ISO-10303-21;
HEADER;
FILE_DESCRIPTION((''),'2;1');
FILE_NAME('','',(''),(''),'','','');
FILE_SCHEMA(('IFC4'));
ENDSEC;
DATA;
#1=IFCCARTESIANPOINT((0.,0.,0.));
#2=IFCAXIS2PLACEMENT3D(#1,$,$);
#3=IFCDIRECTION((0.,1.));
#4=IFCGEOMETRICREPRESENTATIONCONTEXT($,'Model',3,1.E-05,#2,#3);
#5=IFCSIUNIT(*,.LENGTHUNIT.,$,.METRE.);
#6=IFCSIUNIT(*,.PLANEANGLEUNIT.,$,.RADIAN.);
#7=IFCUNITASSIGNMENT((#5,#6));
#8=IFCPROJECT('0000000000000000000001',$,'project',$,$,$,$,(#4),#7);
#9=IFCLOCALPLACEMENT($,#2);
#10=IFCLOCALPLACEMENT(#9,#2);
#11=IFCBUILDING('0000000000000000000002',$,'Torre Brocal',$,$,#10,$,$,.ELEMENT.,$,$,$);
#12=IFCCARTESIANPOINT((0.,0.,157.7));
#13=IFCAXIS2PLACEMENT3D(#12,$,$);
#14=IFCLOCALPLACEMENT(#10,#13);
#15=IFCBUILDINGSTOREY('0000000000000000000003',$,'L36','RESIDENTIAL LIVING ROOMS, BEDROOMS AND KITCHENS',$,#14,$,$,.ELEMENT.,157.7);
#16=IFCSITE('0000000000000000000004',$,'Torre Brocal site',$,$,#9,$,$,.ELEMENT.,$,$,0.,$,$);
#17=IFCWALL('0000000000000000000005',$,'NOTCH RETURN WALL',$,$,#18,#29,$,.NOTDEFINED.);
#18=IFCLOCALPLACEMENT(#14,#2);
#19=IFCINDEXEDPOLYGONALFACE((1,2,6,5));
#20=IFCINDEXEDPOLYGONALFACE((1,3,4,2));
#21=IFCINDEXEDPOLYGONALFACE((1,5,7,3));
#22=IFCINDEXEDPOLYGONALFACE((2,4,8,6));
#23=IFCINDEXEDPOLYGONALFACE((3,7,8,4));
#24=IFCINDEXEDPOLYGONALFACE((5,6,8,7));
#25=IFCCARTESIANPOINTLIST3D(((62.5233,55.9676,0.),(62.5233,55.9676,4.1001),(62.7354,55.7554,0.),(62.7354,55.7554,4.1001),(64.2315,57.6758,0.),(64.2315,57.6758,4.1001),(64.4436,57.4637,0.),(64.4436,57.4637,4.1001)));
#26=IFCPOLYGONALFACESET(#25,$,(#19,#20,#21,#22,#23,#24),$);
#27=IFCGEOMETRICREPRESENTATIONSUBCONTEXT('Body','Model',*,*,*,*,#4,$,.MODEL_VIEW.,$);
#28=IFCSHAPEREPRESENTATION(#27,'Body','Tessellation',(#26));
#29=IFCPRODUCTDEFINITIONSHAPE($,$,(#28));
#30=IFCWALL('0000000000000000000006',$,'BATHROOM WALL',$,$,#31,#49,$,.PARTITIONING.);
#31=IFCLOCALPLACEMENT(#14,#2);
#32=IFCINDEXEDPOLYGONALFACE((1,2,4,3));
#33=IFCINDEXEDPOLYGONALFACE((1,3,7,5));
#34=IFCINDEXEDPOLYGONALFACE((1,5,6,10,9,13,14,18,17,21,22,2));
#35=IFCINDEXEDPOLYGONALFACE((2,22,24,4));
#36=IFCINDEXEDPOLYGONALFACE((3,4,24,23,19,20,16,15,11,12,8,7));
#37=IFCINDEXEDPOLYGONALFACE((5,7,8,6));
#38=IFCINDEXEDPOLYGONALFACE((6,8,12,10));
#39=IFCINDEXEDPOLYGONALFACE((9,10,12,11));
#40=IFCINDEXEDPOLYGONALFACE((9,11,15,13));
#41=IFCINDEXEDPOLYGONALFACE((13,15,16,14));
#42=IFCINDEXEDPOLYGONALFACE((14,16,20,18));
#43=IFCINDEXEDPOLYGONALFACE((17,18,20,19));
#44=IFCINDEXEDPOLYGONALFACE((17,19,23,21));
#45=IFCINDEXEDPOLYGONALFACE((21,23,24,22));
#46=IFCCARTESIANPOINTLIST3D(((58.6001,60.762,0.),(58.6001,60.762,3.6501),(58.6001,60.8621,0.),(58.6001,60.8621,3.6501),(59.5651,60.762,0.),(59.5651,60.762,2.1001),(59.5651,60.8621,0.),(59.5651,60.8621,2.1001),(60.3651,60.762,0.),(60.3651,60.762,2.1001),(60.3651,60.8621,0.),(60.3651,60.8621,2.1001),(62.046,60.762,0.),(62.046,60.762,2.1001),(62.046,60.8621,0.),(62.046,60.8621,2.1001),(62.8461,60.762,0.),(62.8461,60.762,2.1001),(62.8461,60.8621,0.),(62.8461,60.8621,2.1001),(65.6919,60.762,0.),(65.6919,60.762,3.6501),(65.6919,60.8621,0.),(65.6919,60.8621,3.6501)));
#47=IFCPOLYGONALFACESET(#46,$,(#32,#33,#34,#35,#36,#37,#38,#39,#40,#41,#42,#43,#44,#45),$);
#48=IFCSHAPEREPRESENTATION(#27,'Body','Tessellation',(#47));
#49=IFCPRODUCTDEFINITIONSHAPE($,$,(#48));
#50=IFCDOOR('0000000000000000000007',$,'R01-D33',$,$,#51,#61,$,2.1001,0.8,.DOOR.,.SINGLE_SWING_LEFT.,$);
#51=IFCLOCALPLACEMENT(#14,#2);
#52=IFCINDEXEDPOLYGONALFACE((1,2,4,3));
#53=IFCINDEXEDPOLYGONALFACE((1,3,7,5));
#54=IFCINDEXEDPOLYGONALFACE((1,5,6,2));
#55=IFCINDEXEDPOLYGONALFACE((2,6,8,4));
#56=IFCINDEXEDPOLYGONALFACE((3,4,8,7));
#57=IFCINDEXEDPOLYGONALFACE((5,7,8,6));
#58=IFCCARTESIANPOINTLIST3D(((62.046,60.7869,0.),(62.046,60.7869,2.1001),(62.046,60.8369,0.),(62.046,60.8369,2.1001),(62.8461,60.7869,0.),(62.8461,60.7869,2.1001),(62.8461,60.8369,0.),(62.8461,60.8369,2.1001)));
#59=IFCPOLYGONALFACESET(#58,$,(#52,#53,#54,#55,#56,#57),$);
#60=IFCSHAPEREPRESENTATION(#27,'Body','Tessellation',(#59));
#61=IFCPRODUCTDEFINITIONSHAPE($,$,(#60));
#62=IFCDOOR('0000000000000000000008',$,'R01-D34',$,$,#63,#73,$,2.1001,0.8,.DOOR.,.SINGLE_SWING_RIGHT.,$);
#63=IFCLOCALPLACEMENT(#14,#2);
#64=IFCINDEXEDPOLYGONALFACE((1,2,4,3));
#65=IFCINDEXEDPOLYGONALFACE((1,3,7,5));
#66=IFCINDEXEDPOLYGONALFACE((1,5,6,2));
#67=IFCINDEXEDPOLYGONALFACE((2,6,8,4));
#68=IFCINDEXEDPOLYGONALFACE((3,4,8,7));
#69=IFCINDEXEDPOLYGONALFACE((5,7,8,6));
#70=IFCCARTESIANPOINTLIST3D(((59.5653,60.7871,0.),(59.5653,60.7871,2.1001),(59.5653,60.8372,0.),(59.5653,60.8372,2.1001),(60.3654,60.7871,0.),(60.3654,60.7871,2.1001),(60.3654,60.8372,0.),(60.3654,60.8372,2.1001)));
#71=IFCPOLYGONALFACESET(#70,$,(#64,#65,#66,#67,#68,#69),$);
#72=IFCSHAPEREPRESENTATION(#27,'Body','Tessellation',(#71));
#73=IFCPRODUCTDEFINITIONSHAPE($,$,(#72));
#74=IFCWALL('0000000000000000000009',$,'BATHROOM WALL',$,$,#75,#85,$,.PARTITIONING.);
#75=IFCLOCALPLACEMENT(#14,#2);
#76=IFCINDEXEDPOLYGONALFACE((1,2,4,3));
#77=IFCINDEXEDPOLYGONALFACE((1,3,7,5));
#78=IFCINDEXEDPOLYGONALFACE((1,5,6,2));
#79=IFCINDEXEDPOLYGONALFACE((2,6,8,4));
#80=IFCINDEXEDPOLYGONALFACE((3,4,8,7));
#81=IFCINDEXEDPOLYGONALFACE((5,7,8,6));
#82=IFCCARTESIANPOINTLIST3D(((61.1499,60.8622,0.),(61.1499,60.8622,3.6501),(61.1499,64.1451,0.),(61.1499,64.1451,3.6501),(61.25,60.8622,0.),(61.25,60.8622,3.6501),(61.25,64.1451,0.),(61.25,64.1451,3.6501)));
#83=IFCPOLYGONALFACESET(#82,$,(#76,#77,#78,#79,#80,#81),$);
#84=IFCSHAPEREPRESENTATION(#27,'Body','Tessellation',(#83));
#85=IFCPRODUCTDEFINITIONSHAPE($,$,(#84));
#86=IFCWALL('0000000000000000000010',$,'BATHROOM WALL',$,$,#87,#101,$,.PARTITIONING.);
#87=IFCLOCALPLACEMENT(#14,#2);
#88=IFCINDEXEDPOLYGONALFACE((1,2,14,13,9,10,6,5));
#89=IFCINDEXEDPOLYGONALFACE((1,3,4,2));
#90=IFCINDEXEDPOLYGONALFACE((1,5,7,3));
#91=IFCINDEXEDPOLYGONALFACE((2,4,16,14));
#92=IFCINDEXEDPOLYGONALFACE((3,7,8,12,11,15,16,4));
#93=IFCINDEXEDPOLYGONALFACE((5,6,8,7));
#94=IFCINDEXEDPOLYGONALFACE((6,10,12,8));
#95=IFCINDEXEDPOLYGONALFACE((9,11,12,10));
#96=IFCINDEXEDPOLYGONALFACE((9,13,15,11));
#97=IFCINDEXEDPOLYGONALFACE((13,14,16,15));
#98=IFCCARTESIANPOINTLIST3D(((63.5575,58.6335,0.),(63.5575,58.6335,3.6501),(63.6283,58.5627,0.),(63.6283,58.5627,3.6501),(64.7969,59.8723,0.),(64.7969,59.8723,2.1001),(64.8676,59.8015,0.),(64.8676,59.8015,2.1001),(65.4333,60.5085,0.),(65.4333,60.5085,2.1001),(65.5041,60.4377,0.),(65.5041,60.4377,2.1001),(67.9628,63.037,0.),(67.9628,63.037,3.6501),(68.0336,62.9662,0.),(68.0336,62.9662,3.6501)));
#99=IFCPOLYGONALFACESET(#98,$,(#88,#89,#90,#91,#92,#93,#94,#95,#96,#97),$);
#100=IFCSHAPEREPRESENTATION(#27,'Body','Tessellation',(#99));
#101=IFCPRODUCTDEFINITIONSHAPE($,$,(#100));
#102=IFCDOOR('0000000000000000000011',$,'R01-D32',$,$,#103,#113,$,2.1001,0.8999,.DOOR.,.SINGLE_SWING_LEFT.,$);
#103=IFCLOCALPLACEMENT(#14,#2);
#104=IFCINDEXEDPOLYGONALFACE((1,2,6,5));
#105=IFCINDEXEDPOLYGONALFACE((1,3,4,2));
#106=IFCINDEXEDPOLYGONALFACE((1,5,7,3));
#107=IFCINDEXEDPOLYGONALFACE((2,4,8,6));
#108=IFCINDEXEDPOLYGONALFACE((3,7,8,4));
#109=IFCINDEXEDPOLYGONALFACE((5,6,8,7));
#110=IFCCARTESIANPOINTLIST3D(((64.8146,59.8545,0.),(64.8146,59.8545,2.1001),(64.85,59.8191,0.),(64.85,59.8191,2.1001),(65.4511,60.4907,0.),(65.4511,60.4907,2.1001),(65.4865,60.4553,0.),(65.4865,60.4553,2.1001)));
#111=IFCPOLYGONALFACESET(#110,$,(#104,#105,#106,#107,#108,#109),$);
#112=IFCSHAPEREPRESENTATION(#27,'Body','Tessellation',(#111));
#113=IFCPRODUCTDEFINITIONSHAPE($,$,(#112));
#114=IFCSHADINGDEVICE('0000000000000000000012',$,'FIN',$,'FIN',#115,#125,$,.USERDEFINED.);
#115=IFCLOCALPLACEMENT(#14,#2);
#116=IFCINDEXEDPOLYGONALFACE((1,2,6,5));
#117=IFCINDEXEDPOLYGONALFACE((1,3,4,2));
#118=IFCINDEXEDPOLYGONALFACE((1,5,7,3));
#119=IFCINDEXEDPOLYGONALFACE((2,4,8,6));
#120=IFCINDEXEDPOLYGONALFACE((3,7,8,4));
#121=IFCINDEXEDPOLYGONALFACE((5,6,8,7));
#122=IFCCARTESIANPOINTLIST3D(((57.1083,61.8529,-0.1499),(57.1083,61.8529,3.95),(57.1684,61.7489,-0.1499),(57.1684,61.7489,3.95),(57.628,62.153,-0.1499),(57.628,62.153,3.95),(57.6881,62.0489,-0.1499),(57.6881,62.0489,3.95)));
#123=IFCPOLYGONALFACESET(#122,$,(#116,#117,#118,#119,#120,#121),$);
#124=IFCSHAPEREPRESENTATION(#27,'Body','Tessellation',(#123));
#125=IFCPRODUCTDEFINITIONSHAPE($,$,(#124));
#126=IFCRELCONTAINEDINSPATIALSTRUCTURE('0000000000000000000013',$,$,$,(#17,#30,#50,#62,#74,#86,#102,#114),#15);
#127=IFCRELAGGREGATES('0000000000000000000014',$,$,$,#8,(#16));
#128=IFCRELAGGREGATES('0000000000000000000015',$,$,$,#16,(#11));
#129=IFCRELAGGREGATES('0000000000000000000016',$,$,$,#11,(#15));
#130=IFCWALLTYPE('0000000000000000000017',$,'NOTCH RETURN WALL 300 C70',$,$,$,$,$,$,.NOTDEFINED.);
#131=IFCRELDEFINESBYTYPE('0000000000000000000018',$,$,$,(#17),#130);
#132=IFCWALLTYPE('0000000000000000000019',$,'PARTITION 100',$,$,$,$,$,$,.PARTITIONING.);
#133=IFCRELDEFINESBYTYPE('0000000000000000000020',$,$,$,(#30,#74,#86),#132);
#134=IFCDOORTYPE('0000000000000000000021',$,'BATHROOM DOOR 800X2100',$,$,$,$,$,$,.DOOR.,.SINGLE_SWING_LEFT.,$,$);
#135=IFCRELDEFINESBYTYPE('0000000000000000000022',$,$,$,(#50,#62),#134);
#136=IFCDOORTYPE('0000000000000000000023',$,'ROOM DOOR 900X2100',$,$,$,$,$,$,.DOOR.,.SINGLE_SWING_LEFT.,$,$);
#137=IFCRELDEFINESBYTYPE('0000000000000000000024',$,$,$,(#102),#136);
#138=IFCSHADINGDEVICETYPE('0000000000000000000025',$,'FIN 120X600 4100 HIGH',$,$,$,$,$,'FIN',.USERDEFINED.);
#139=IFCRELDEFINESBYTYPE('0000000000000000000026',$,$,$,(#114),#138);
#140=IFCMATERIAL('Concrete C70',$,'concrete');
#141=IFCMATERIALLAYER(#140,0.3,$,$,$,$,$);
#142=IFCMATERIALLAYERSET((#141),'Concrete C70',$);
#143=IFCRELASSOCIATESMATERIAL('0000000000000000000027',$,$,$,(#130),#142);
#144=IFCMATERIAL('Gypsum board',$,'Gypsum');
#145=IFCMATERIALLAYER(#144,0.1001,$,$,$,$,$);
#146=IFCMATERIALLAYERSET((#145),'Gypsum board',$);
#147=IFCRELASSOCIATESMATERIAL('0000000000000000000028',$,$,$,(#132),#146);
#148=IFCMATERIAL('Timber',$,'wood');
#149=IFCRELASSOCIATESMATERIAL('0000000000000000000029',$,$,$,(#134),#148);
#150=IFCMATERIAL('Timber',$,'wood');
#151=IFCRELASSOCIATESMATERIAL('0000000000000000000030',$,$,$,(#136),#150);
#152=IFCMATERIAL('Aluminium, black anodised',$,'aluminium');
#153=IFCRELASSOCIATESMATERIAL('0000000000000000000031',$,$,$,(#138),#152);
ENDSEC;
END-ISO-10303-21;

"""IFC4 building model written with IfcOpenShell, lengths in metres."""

from ifc_helpers import new_model, si_unit, direction, frame, frame_2d, origin, origin_2d, place, context, subcontext, project, spatial, rectangle, extrude, material, layer, layer_set, material_profile, profile_set, type_object, element, fill, save


model = new_model("IFC4")

# Units and contexts
model_context = context("Model", 3, precision=1e-05, world=origin(), true_north=direction((0.0, 1.0)))
body_context = subcontext(model_context, "Body", "Model", "MODEL_VIEW")
ifc_project = project(units=[si_unit("LENGTHUNIT", "METRE"), si_unit("PLANEANGLEUNIT", "RADIAN")], contexts=[model_context])

# Site, building, storey
site_placement = place(None, origin())
site = spatial("IfcSite", under=ifc_project, at=site_placement, Name="Torre Brocal site", CompositionType="ELEMENT", RefElevation=0.0)
building_placement = place(site_placement, origin())
building = spatial("IfcBuilding", under=site, at=building_placement, Name="Torre Brocal", CompositionType="ELEMENT")
storey_placement = place(building_placement, frame((0.0, 0.0, 157.7)))
storey = spatial("IfcBuildingStorey", under=building, at=storey_placement, Name="L36", Description="RESIDENTIAL LIVING ROOMS, BEDROOMS AND KITCHENS", CompositionType="ELEMENT", Elevation=157.7)

# Wall
ifc_material_1 = material(Name="Concrete C70", Category="concrete")
ifc_layer_1 = layer(ifc_material_1, 0.3)
ifc_layer_set_1 = layer_set([ifc_layer_1], Name="Concrete C70")
wall_type_1 = type_object("IfcWallType", Name="NOTCH RETURN WALL 300 C70", PredefinedType="NOTDEFINED", material=ifc_layer_set_1)
for number, where, z_axis, x_axis, name in (
    (1, (64.3376, 57.5698, 0.0), (0.0, 0.0, 1.0), (-0.707107, -0.707107, 0.0), "NOTCH RETURN WALL"),
):
    element("IfcWall", number, at=place(storey_placement, frame(where, z_axis=z_axis, x_axis=x_axis)), inside=storey, type_object=wall_type_1, Name=name, PredefinedType="NOTDEFINED", context=body_context, shape_type="SweptSolid", body=[
        extrude(rectangle(XDim=2.4158, YDim=0.3, at=frame_2d((1.208, 0.0))), origin(), (0.0, 0.0, 1.0), 4.1001),
    ])

# Wall, openings, doors
ifc_material_2 = material(Name="Gypsum board", Category="Gypsum")
ifc_layer_2 = layer(ifc_material_2, 0.1001)
ifc_layer_set_2 = layer_set([ifc_layer_2], Name="Gypsum board")
wall_type_2 = type_object("IfcWallType", Name="PARTITION 100", PredefinedType="PARTITIONING", material=ifc_layer_set_2)
wall_1_placement = place(storey_placement, frame((58.6001, 60.812, 0.0), z_axis=(0.0, 0.0, 1.0), x_axis=(1.0, 0.0, 0.0)))
wall_1 = element("IfcWall", 2, at=wall_1_placement, inside=storey, type_object=wall_type_2, Name="BATHROOM WALL", PredefinedType="PARTITIONING", context=body_context, shape_type="SweptSolid", body=[
    extrude(rectangle(XDim=7.0918, YDim=0.1001, at=frame_2d((3.5459, 0.0))), origin(), (0.0, 0.0, 1.0), 3.6501),
])
opening_1_placement = place(wall_1_placement, frame((3.446, 0.0, 0.0)))
opening_1 = element("IfcOpeningElement", 3, at=opening_1_placement, cuts=wall_1, PredefinedType="OPENING", context=body_context, shape_type="SweptSolid", body=[
    extrude(rectangle(XDim=0.8, YDim=2.1001, at=frame_2d((0.3999, 1.05))), frame((0.0, 0.0601, 0.0), z_axis=(0.0, -1.0, 0.0), x_axis=(1.0, 0.0, 0.0)), (0.0, 0.0, 1.0), 0.1201),
])
opening_2_placement = place(wall_1_placement, frame((0.9651, 0.0, 0.0)))
opening_2 = element("IfcOpeningElement", 4, at=opening_2_placement, cuts=wall_1, PredefinedType="OPENING", context=body_context, shape_type="SweptSolid", body=[
    extrude(rectangle(XDim=0.8, YDim=2.1001, at=frame_2d((0.3999, 1.05))), frame((0.0, 0.0601, 0.0), z_axis=(0.0, -1.0, 0.0), x_axis=(1.0, 0.0, 0.0)), (0.0, 0.0, 1.0), 0.1201),
])
ifc_material_3 = material(Name="Timber", Category="wood")
door_type_1 = type_object("IfcDoorType", Name="BATHROOM DOOR 800X2100", OperationType="SINGLE_SWING_LEFT", PredefinedType="DOOR", material=ifc_material_3)
door_1_placement = place(opening_1_placement, origin())
door_1 = element("IfcDoor", 5, at=door_1_placement, inside=storey, type_object=door_type_1, Name="R01-D33", OperationType="SINGLE_SWING_LEFT", OverallHeight=2.1001, OverallWidth=0.8, PredefinedType="DOOR", context=body_context, shape_type="SweptSolid", body=[
    extrude(rectangle(XDim=0.8, YDim=2.1001, at=frame_2d((0.3999, 1.05))), frame((0.0, 0.0249, 0.0), z_axis=(0.0, -1.0, 0.0), x_axis=(1.0, 0.0, 0.0)), (0.0, 0.0, 1.0), 0.05),
])
fill(opening_1, door_1)
door_2_placement = place(opening_2_placement, frame((0.8, 0.0, 0.0), z_axis=(0.0, 0.0, 1.0), x_axis=(-1.0, 0.0, 0.0)))
door_2 = element("IfcDoor", 6, at=door_2_placement, inside=storey, type_object=door_type_1, Name="R01-D34", OperationType="SINGLE_SWING_RIGHT", OverallHeight=2.1001, OverallWidth=0.8, PredefinedType="DOOR", context=body_context, shape_type="SweptSolid", body=[
    extrude(rectangle(XDim=0.8, YDim=2.1001, at=frame_2d((0.3999, 1.05))), frame((0.0, 0.0249, 0.0), z_axis=(0.0, -1.0, 0.0), x_axis=(1.0, 0.0, 0.0)), (0.0, 0.0, 1.0), 0.05),
])
fill(opening_2, door_2)

# Wall
wall_2_placement = place(storey_placement, frame((61.2, 60.8621, 0.0), z_axis=(0.0, 0.0, 1.0), x_axis=(0.0, 1.0, 0.0)))
element("IfcWall", 7, at=wall_2_placement, inside=storey, type_object=wall_type_2, Name="BATHROOM WALL", PredefinedType="PARTITIONING", context=body_context, shape_type="SweptSolid", body=[
    extrude(rectangle(XDim=3.283, YDim=0.1001, at=frame_2d((1.6416, 0.0))), origin(), (0.0, 0.0, 1.0), 3.6501),
])

# Wall, opening, door
wall_3_placement = place(storey_placement, frame((63.593, 58.5981, 0.0), z_axis=(0.0, 0.0, 1.0), x_axis=(0.707244, 0.70697, 0.0)))
wall_3 = element("IfcWall", 8, at=wall_3_placement, inside=storey, type_object=wall_type_2, Name="BATHROOM WALL", PredefinedType="PARTITIONING", context=body_context, shape_type="SweptSolid", body=[
    extrude(rectangle(XDim=6.2288, YDim=0.1001, at=frame_2d((3.1143, 0.0))), origin(), (0.0, 0.0, 1.0), 3.6501),
])
opening_3_placement = place(wall_3_placement, frame((1.7522, 0.0, 0.0)))
opening_3 = element("IfcOpeningElement", 9, at=opening_3_placement, cuts=wall_3, PredefinedType="OPENING", context=body_context, shape_type="SweptSolid", body=[
    extrude(rectangle(XDim=0.8999, YDim=2.1001, at=frame_2d((0.45, 1.05))), frame((0.0, 0.0601, 0.0), z_axis=(0.0, -1.0, 0.0), x_axis=(1.0, 0.0, 0.0)), (0.0, 0.0, 1.0), 0.1201),
])
ifc_material_4 = material(Name="Timber", Category="wood")
door_type_2 = type_object("IfcDoorType", Name="ROOM DOOR 900X2100", OperationType="SINGLE_SWING_LEFT", PredefinedType="DOOR", material=ifc_material_4)
door_3_placement = place(opening_3_placement, origin())
door_3 = element("IfcDoor", 10, at=door_3_placement, inside=storey, type_object=door_type_2, Name="R01-D32", OperationType="SINGLE_SWING_LEFT", OverallHeight=2.1001, OverallWidth=0.8999, PredefinedType="DOOR", context=body_context, shape_type="SweptSolid", body=[
    extrude(rectangle(XDim=0.8999, YDim=2.1001, at=frame_2d((0.45, 1.05))), frame((0.0, 0.0249, 0.0), z_axis=(0.0, -1.0, 0.0), x_axis=(1.0, 0.0, 0.0)), (0.0, 0.0, 1.0), 0.05),
])
fill(opening_3, door_3)

# Shading device
ifc_material_5 = material(Name="Aluminium, black anodised", Category="aluminium")
ifc_material_profile_1 = material_profile(ifc_material_5, rectangle(XDim=0.1201, YDim=0.6001, at=origin_2d()), Name="FIN 120X600 4100 HIGH")
ifc_profile_set_1 = profile_set([ifc_material_profile_1], Name="Aluminium, black anodised")
shading_device_type = type_object("IfcShadingDeviceType", Name="FIN 120X600 4100 HIGH", ElementType="FIN", PredefinedType="USERDEFINED", material=ifc_profile_set_1)
shading_device_placement = place(storey_placement, frame((57.3982, 61.9509, -0.1499), z_axis=(0.0, 0.0, 1.0), x_axis=(0.5, -0.866025, 0.0)))
element("IfcShadingDevice", 11, at=shading_device_placement, inside=storey, type_object=shading_device_type, Name="FIN", ObjectType="FIN", PredefinedType="USERDEFINED", context=body_context, shape_type="SweptSolid", body=[
    extrude(rectangle(XDim=0.1201, YDim=0.6001, at=origin_2d()), origin(), (0.0, 0.0, 1.0), 4.0999),
])

save(model, "model.ifc")
